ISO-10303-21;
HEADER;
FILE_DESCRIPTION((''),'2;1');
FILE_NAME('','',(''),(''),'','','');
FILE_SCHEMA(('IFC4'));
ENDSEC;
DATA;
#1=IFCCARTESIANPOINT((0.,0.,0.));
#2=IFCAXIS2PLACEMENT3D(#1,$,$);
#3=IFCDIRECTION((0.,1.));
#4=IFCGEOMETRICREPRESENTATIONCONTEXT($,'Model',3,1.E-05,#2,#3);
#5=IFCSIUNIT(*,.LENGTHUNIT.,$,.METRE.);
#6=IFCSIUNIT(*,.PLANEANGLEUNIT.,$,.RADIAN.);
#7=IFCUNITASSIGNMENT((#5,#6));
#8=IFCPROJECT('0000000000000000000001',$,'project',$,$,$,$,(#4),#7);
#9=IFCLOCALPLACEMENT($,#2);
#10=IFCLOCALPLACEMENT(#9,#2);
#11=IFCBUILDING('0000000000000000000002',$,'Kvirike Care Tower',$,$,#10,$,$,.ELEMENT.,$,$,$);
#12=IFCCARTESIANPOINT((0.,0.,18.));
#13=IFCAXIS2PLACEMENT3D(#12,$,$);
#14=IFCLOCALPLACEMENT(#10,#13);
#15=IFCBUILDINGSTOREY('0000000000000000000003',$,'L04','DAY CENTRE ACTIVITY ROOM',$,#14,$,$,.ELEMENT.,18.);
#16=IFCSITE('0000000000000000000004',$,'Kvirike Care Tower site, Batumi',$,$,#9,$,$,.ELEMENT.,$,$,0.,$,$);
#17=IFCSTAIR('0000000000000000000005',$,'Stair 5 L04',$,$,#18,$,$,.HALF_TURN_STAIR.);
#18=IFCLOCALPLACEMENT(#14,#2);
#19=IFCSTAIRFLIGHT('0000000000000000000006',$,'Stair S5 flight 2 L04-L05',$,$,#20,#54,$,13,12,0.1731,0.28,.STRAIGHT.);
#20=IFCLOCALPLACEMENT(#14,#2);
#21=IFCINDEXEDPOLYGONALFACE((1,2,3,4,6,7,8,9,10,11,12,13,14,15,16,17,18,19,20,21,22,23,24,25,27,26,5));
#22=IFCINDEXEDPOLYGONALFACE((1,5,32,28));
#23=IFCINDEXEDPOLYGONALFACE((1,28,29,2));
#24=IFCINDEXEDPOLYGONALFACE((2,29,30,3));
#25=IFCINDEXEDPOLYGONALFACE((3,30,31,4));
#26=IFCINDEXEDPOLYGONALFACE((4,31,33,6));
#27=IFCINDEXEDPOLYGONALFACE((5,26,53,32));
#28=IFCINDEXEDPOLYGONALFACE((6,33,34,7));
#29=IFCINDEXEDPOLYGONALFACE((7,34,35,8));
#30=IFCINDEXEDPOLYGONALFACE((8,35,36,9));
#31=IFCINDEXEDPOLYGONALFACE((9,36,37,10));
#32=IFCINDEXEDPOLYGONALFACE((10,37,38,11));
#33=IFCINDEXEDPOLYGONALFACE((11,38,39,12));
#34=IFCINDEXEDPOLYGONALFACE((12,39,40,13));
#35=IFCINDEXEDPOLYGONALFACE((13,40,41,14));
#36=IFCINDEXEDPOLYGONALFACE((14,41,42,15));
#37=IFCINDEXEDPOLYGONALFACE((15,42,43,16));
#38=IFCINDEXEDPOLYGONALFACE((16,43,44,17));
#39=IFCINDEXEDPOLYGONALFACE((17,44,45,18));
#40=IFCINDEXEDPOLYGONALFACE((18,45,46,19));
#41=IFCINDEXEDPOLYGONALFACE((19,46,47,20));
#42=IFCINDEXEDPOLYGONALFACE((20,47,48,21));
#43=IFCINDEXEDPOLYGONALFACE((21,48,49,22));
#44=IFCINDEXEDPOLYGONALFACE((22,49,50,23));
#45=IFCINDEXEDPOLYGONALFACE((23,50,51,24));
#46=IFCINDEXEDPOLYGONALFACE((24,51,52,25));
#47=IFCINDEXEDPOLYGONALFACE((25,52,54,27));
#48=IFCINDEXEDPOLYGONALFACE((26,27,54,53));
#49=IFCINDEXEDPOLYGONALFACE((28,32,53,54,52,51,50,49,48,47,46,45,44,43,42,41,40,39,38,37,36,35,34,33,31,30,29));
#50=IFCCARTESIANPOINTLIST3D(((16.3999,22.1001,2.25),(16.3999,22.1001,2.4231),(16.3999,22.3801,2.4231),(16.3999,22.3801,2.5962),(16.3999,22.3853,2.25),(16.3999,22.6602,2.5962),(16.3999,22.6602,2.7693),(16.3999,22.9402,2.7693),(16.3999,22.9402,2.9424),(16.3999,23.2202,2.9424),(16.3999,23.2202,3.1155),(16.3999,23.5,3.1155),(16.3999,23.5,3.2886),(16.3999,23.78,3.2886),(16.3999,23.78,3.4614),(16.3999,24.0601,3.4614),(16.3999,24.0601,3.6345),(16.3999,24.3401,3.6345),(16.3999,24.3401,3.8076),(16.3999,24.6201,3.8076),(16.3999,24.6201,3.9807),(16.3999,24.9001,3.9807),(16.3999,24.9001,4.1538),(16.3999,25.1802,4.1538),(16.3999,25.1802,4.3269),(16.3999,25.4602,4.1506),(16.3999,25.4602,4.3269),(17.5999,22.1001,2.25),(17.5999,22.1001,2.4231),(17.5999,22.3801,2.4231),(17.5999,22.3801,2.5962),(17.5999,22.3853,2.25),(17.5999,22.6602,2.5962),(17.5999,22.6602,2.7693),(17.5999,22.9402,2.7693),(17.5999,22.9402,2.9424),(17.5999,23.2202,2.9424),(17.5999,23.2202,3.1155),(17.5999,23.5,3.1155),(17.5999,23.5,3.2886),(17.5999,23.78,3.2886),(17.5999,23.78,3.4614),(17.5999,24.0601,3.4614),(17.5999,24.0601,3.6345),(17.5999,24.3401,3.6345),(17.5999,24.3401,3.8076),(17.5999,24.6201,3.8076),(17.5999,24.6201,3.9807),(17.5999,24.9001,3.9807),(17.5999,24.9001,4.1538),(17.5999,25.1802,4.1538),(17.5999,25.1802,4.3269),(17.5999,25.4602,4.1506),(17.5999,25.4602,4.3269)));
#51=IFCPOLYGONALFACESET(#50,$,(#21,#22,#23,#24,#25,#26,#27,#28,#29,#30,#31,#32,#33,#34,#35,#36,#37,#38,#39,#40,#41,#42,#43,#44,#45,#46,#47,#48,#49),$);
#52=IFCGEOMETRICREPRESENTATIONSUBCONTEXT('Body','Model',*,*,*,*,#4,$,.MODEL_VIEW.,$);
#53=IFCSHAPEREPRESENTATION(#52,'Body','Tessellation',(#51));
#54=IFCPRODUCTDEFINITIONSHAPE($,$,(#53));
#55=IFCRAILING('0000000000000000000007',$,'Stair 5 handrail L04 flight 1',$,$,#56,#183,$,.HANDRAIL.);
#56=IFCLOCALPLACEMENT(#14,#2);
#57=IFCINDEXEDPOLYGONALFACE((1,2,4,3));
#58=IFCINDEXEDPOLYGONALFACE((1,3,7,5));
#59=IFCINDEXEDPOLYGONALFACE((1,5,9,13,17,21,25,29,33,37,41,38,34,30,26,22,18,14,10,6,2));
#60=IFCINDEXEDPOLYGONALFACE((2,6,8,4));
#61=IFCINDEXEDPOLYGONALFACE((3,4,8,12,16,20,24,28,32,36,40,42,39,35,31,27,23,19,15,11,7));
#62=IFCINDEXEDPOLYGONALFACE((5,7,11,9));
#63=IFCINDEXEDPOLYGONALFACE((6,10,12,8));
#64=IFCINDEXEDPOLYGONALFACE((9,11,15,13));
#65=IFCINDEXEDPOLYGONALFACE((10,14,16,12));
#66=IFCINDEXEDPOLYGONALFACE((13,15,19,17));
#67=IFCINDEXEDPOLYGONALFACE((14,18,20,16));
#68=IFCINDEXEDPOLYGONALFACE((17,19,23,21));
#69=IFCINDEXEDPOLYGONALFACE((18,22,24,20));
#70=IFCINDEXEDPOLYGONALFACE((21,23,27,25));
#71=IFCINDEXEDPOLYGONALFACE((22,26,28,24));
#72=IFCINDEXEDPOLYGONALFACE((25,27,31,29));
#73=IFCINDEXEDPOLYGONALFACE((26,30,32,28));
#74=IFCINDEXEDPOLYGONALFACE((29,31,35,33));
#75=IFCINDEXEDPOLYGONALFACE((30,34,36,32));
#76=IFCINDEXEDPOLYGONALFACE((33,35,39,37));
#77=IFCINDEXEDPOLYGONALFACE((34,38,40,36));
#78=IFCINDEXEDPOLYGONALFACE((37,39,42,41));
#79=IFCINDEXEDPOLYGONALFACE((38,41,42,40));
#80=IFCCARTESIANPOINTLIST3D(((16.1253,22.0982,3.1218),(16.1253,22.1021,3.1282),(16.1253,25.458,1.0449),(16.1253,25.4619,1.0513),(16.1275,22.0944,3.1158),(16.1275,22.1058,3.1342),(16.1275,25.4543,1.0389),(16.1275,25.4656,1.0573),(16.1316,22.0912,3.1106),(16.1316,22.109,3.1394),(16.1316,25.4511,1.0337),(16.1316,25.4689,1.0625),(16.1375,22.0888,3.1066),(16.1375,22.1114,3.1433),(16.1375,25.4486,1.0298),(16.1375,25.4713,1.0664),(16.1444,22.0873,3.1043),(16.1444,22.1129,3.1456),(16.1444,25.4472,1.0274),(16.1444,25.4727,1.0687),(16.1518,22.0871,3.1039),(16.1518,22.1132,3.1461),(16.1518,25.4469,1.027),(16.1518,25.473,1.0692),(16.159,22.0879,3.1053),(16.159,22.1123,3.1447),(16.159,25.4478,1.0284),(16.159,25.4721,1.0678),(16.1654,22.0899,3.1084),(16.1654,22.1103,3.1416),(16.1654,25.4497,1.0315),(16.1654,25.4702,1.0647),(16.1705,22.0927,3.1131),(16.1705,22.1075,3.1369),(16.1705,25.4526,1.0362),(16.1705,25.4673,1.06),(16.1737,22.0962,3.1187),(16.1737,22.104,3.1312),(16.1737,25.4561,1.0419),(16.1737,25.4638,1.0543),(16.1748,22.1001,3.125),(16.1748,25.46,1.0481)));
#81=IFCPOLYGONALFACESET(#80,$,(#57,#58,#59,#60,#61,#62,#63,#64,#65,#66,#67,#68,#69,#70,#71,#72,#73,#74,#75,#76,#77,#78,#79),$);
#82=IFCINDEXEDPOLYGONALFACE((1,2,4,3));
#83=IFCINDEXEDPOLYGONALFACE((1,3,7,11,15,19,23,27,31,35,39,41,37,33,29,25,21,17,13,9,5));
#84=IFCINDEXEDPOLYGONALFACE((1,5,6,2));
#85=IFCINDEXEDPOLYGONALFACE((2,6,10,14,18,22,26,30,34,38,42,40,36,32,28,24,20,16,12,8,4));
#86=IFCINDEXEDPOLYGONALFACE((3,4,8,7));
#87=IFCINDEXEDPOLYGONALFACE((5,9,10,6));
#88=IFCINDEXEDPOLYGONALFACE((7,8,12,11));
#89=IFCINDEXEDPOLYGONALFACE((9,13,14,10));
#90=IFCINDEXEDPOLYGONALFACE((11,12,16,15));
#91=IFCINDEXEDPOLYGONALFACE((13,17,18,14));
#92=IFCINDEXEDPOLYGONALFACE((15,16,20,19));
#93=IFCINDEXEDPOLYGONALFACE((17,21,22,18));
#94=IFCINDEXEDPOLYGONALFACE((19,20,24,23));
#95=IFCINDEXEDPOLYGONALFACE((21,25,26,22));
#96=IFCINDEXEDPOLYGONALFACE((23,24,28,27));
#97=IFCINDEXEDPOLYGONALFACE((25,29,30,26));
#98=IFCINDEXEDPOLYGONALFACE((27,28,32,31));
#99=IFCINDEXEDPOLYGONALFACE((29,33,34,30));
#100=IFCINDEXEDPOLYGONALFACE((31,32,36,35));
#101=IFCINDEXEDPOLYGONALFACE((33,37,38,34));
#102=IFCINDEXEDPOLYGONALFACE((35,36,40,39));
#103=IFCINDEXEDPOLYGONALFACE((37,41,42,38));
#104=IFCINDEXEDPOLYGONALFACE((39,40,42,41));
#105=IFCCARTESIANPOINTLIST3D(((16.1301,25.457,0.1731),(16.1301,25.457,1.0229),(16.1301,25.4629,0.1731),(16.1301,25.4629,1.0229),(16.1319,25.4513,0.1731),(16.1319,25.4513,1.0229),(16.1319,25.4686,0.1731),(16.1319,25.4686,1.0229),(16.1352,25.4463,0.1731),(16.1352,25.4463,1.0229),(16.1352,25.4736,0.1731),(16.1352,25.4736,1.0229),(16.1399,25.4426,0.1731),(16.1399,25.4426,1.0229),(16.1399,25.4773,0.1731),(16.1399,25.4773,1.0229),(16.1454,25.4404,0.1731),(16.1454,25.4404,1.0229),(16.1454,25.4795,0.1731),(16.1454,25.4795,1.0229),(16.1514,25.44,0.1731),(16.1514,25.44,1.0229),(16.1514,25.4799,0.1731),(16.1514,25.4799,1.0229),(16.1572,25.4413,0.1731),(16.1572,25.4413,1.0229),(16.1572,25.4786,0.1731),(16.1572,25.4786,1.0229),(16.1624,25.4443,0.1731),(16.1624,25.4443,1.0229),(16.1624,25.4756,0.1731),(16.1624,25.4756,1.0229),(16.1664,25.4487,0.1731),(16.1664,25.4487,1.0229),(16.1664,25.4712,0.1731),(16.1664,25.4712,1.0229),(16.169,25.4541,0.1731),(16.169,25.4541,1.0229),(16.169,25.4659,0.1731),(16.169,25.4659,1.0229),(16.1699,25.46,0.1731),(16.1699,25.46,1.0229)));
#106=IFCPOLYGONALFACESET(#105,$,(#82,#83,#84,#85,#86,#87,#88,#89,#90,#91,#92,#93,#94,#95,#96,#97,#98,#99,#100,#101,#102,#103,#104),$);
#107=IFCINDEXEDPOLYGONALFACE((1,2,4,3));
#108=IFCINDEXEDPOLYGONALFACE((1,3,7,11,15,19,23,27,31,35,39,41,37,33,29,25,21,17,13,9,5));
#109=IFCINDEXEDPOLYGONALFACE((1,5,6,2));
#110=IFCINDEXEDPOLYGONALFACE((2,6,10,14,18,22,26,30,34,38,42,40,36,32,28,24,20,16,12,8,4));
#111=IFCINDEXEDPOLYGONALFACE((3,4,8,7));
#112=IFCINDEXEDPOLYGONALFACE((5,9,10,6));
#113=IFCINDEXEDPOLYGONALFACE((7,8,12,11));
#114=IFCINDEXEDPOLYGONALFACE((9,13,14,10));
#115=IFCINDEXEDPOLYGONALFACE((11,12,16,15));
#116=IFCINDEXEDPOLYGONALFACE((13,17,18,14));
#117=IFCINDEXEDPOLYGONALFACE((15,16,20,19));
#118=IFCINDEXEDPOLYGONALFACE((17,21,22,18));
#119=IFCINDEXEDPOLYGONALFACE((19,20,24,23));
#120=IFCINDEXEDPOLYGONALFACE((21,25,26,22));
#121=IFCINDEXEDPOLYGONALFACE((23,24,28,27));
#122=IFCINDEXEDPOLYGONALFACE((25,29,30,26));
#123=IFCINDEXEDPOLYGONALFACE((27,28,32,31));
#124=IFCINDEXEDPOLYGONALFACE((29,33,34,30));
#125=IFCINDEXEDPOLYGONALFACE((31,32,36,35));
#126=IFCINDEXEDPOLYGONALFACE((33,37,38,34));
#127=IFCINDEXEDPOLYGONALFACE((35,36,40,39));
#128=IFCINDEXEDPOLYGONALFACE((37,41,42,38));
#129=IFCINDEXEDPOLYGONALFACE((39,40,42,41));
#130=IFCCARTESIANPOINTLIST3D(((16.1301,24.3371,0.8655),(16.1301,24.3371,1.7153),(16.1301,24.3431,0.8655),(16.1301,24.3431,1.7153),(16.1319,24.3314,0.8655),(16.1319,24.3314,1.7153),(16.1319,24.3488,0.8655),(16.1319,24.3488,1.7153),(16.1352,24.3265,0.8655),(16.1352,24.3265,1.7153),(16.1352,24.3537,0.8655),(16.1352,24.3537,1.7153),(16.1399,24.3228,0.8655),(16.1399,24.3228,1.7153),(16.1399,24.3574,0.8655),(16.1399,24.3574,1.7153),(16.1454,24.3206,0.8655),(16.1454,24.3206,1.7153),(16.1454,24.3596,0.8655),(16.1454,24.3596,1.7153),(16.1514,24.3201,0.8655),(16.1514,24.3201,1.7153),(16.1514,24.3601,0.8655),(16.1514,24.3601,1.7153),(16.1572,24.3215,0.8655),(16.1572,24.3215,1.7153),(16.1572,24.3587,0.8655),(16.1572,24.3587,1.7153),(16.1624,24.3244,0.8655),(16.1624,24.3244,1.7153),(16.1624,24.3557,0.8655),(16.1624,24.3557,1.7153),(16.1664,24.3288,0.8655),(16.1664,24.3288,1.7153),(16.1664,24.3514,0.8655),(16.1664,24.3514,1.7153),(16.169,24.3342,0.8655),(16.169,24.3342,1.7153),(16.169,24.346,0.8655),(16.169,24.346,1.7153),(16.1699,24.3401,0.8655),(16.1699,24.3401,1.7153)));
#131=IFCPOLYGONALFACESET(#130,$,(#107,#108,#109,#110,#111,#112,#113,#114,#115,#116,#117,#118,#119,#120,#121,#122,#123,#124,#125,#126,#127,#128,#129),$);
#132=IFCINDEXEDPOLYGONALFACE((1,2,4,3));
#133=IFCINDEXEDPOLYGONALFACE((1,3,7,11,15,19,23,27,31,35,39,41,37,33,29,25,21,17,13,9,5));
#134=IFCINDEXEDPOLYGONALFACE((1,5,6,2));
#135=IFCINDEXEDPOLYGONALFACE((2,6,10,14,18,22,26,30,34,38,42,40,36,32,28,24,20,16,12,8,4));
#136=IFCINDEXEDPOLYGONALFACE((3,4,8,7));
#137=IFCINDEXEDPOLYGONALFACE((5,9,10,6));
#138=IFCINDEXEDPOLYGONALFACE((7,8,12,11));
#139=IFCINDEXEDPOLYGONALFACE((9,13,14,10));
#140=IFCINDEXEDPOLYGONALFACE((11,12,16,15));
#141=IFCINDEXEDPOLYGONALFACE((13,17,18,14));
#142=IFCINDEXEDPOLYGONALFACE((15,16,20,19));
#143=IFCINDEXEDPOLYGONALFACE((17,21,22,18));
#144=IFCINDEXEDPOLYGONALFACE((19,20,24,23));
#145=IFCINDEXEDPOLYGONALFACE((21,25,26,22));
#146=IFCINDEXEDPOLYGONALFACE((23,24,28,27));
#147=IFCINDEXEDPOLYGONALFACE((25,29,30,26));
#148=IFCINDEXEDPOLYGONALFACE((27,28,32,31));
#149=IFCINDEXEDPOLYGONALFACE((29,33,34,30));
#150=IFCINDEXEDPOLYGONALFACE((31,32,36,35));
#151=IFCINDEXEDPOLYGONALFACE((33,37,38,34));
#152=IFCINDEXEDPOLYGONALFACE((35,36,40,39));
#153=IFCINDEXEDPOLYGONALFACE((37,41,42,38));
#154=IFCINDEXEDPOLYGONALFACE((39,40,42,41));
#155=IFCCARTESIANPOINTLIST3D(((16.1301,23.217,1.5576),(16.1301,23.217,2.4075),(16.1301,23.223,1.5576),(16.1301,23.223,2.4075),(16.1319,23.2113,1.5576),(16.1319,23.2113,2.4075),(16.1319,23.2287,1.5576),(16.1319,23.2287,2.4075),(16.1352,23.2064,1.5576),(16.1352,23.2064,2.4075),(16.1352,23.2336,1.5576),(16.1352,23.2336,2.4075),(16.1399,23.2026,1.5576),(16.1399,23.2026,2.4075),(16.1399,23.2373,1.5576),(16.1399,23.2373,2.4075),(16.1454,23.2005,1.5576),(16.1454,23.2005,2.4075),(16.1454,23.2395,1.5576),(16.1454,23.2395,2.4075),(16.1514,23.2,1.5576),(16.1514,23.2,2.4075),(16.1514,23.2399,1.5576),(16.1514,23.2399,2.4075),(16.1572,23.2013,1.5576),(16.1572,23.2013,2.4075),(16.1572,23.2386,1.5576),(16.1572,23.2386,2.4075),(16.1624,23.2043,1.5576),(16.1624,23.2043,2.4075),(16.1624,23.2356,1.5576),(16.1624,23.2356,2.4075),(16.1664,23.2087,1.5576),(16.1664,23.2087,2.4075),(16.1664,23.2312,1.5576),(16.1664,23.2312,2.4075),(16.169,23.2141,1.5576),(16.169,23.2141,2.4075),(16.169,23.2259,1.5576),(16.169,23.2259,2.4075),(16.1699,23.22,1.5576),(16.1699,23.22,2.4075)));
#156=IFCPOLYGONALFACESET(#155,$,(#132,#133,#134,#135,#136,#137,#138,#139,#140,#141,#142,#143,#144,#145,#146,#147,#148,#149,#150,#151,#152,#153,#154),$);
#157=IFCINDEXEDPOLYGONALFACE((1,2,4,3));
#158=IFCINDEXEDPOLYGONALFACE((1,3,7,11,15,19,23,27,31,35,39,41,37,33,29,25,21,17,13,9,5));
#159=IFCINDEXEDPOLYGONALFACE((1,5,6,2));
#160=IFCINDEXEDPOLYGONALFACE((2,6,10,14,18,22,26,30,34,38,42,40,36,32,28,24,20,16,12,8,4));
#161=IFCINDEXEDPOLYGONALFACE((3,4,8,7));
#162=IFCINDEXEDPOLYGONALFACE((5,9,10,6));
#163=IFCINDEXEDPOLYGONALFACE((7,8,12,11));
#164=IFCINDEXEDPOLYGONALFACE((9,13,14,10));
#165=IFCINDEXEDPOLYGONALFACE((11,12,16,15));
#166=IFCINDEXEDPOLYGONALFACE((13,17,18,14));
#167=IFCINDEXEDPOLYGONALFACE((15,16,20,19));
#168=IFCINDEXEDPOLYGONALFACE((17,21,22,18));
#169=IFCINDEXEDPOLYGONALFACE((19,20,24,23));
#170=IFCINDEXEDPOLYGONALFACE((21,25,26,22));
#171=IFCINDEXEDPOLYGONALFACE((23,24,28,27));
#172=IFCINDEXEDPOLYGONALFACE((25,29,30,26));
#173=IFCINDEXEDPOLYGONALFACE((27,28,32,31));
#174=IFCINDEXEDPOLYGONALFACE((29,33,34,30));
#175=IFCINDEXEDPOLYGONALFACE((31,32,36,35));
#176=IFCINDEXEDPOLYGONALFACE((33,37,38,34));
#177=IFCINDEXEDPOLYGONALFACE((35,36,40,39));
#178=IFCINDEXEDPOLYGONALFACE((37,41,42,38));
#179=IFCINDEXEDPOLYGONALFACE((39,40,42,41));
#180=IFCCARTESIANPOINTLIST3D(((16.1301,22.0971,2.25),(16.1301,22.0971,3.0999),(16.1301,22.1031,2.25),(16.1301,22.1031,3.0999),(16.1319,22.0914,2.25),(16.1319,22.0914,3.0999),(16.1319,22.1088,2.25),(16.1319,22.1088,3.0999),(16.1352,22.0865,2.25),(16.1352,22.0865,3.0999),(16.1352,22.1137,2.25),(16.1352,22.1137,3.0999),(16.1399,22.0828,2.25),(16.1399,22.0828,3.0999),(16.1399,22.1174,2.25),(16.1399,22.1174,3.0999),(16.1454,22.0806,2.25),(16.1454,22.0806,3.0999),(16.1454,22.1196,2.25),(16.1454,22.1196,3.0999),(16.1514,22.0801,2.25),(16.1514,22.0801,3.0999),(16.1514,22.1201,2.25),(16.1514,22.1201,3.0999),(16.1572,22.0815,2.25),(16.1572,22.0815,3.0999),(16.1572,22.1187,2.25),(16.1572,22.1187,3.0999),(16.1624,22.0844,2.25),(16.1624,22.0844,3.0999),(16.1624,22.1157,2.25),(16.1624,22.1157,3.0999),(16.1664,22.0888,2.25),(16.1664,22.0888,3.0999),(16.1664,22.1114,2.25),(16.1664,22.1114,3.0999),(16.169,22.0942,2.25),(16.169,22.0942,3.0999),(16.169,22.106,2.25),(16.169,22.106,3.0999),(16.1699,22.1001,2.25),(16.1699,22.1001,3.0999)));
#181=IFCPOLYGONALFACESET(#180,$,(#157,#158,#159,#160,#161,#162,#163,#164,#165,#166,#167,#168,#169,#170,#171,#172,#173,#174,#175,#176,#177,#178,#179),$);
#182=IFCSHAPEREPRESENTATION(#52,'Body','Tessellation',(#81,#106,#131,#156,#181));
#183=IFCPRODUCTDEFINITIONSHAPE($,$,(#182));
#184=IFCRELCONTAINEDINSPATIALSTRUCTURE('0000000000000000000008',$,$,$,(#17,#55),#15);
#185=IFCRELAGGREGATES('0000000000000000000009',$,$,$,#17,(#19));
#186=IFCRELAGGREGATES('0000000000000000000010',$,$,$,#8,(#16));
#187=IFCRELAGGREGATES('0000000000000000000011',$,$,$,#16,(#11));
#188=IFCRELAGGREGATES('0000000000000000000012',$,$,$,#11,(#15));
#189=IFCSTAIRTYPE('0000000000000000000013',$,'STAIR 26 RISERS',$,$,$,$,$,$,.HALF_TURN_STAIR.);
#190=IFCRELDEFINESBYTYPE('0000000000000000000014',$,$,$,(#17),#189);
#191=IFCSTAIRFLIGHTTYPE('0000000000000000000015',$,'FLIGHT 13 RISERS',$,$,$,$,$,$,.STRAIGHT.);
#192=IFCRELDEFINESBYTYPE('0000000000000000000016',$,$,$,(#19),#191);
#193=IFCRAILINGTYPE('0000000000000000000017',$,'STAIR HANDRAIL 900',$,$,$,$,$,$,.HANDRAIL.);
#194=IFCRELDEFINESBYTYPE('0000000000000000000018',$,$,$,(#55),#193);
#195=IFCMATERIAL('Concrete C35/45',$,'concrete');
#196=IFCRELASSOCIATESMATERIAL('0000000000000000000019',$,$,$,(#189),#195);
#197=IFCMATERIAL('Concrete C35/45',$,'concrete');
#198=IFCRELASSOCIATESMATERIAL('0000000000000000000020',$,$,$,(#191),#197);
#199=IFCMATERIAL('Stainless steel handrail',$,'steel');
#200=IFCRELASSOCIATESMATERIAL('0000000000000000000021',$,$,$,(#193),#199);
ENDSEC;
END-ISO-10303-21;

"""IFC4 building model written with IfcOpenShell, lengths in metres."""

from ifc_helpers import new_model, si_unit, direction, frame, origin, origin_2d, place, context, subcontext, project, spatial, polyline, circle, outline, extrude, material, type_object, element, aggregate, save


model = new_model("IFC4")

# Units and contexts
model_context = context("Model", 3, precision=1e-05, world=origin(), true_north=direction((0.0, 1.0)))
body_context = subcontext(model_context, "Body", "Model", "MODEL_VIEW")
ifc_project = project(units=[si_unit("LENGTHUNIT", "METRE"), si_unit("PLANEANGLEUNIT", "RADIAN")], contexts=[model_context])

# Site, building, storey
site_placement = place(None, origin())
site = spatial("IfcSite", under=ifc_project, at=site_placement, Name="Kvirike Care Tower site, Batumi", CompositionType="ELEMENT", RefElevation=0.0)
building_placement = place(site_placement, origin())
building = spatial("IfcBuilding", under=site, at=building_placement, Name="Kvirike Care Tower", CompositionType="ELEMENT")
storey_placement = place(building_placement, frame((0.0, 0.0, 18.0)))
storey = spatial("IfcBuildingStorey", under=building, at=storey_placement, Name="L04", Description="DAY CENTRE ACTIVITY ROOM", CompositionType="ELEMENT", Elevation=18.0)

# Stair, stair flight
ifc_material_1 = material(Name="Concrete C35/45", Category="concrete")
stair_type = type_object("IfcStairType", Name="STAIR 26 RISERS", PredefinedType="HALF_TURN_STAIR", material=ifc_material_1)
stair_placement = place(storey_placement, origin())
stair = element("IfcStair", 1, at=stair_placement, inside=storey, type_object=stair_type, Name="Stair 5 L04", PredefinedType="HALF_TURN_STAIR")
ifc_material_2 = material(Name="Concrete C35/45", Category="concrete")
stair_flight_type = type_object("IfcStairFlightType", Name="FLIGHT 13 RISERS", PredefinedType="STRAIGHT", material=ifc_material_2)
stair_flight_1_placement = place(storey_placement, frame((17.0, 22.1001, 2.25), z_axis=(0.0, 0.0, 1.0), x_axis=(0.0, 1.0, 0.0)))
stair_flight_1 = element("IfcStairFlight", 2, at=stair_flight_1_placement, type_object=stair_flight_type, Name="Stair S5 flight 2 L04-L05", NumberOfRisers=13, NumberOfTreads=12, PredefinedType="STRAIGHT", RiserHeight=0.1731, TreadLength=0.28, context=body_context, shape_type="SweptSolid", body=[
    extrude(outline(polyline([(0.0, 0.0), (0.0, 0.1731), (0.28, 0.1731), (0.28, 0.3462), (0.5601, 0.3462), (0.5601, 0.5193), (0.8401, 0.5193), (0.8401, 0.6924), (1.1201, 0.6924), (1.1201, 0.8655), (1.3999, 0.8655), (1.3999, 1.0386), (1.6799, 1.0386), (1.6799, 1.2114), (1.96, 1.2114), (1.96, 1.3845), (2.24, 1.3845), (2.24, 1.5576), (2.52, 1.5576), (2.52, 1.7307), (2.8, 1.7307), (2.8, 1.9038), (3.0801, 1.9038), (3.0801, 2.0769), (3.3601, 2.0769), (3.3601, 2.25), (3.3601, 1.9006), (0.2852, 0.0), (0.0, 0.0)])), frame((0.0, 0.6001, 0.0), z_axis=(0.0, -1.0, 0.0), x_axis=(1.0, 0.0, 0.0)), (0.0, 0.0, 1.0), 1.2),
])
aggregate(stair, [stair_flight_1])

# Railing
ifc_material_3 = material(Name="Stainless steel handrail", Category="steel")
railing_type = type_object("IfcRailingType", Name="STAIR HANDRAIL 900", PredefinedType="HANDRAIL", material=ifc_material_3)
railing_1_placement = place(storey_placement, frame((16.1499, 25.46, 0.1731)))
element("IfcRailing", 3, at=railing_1_placement, inside=storey, type_object=railing_type, Name="Stair 5 handrail L04 flight 1", PredefinedType="HANDRAIL", context=body_context, shape_type="SweptSolid", body=[
    extrude(circle(Radius=0.0249, at=origin_2d()), frame((0.0, 0.0, 0.875), z_axis=(0.0, -0.850606, 0.525803), x_axis=(1.0, 0.0, 0.0)), (0.0, 0.0, 1.0), 3.95),
    extrude(circle(Radius=0.02, at=origin_2d()), origin(), (0.0, 0.0, 1.0), 0.8499),
    extrude(circle(Radius=0.02, at=origin_2d()), frame((0.0, -1.1199, 0.6924)), (0.0, 0.0, 1.0), 0.8499),
    extrude(circle(Radius=0.02, at=origin_2d()), frame((0.0, -2.24, 1.3845)), (0.0, 0.0, 1.0), 0.8499),
    extrude(circle(Radius=0.02, at=origin_2d()), frame((0.0, -3.3599, 2.0769)), (0.0, 0.0, 1.0), 0.8499),
])

save(model, "model.ifc")
